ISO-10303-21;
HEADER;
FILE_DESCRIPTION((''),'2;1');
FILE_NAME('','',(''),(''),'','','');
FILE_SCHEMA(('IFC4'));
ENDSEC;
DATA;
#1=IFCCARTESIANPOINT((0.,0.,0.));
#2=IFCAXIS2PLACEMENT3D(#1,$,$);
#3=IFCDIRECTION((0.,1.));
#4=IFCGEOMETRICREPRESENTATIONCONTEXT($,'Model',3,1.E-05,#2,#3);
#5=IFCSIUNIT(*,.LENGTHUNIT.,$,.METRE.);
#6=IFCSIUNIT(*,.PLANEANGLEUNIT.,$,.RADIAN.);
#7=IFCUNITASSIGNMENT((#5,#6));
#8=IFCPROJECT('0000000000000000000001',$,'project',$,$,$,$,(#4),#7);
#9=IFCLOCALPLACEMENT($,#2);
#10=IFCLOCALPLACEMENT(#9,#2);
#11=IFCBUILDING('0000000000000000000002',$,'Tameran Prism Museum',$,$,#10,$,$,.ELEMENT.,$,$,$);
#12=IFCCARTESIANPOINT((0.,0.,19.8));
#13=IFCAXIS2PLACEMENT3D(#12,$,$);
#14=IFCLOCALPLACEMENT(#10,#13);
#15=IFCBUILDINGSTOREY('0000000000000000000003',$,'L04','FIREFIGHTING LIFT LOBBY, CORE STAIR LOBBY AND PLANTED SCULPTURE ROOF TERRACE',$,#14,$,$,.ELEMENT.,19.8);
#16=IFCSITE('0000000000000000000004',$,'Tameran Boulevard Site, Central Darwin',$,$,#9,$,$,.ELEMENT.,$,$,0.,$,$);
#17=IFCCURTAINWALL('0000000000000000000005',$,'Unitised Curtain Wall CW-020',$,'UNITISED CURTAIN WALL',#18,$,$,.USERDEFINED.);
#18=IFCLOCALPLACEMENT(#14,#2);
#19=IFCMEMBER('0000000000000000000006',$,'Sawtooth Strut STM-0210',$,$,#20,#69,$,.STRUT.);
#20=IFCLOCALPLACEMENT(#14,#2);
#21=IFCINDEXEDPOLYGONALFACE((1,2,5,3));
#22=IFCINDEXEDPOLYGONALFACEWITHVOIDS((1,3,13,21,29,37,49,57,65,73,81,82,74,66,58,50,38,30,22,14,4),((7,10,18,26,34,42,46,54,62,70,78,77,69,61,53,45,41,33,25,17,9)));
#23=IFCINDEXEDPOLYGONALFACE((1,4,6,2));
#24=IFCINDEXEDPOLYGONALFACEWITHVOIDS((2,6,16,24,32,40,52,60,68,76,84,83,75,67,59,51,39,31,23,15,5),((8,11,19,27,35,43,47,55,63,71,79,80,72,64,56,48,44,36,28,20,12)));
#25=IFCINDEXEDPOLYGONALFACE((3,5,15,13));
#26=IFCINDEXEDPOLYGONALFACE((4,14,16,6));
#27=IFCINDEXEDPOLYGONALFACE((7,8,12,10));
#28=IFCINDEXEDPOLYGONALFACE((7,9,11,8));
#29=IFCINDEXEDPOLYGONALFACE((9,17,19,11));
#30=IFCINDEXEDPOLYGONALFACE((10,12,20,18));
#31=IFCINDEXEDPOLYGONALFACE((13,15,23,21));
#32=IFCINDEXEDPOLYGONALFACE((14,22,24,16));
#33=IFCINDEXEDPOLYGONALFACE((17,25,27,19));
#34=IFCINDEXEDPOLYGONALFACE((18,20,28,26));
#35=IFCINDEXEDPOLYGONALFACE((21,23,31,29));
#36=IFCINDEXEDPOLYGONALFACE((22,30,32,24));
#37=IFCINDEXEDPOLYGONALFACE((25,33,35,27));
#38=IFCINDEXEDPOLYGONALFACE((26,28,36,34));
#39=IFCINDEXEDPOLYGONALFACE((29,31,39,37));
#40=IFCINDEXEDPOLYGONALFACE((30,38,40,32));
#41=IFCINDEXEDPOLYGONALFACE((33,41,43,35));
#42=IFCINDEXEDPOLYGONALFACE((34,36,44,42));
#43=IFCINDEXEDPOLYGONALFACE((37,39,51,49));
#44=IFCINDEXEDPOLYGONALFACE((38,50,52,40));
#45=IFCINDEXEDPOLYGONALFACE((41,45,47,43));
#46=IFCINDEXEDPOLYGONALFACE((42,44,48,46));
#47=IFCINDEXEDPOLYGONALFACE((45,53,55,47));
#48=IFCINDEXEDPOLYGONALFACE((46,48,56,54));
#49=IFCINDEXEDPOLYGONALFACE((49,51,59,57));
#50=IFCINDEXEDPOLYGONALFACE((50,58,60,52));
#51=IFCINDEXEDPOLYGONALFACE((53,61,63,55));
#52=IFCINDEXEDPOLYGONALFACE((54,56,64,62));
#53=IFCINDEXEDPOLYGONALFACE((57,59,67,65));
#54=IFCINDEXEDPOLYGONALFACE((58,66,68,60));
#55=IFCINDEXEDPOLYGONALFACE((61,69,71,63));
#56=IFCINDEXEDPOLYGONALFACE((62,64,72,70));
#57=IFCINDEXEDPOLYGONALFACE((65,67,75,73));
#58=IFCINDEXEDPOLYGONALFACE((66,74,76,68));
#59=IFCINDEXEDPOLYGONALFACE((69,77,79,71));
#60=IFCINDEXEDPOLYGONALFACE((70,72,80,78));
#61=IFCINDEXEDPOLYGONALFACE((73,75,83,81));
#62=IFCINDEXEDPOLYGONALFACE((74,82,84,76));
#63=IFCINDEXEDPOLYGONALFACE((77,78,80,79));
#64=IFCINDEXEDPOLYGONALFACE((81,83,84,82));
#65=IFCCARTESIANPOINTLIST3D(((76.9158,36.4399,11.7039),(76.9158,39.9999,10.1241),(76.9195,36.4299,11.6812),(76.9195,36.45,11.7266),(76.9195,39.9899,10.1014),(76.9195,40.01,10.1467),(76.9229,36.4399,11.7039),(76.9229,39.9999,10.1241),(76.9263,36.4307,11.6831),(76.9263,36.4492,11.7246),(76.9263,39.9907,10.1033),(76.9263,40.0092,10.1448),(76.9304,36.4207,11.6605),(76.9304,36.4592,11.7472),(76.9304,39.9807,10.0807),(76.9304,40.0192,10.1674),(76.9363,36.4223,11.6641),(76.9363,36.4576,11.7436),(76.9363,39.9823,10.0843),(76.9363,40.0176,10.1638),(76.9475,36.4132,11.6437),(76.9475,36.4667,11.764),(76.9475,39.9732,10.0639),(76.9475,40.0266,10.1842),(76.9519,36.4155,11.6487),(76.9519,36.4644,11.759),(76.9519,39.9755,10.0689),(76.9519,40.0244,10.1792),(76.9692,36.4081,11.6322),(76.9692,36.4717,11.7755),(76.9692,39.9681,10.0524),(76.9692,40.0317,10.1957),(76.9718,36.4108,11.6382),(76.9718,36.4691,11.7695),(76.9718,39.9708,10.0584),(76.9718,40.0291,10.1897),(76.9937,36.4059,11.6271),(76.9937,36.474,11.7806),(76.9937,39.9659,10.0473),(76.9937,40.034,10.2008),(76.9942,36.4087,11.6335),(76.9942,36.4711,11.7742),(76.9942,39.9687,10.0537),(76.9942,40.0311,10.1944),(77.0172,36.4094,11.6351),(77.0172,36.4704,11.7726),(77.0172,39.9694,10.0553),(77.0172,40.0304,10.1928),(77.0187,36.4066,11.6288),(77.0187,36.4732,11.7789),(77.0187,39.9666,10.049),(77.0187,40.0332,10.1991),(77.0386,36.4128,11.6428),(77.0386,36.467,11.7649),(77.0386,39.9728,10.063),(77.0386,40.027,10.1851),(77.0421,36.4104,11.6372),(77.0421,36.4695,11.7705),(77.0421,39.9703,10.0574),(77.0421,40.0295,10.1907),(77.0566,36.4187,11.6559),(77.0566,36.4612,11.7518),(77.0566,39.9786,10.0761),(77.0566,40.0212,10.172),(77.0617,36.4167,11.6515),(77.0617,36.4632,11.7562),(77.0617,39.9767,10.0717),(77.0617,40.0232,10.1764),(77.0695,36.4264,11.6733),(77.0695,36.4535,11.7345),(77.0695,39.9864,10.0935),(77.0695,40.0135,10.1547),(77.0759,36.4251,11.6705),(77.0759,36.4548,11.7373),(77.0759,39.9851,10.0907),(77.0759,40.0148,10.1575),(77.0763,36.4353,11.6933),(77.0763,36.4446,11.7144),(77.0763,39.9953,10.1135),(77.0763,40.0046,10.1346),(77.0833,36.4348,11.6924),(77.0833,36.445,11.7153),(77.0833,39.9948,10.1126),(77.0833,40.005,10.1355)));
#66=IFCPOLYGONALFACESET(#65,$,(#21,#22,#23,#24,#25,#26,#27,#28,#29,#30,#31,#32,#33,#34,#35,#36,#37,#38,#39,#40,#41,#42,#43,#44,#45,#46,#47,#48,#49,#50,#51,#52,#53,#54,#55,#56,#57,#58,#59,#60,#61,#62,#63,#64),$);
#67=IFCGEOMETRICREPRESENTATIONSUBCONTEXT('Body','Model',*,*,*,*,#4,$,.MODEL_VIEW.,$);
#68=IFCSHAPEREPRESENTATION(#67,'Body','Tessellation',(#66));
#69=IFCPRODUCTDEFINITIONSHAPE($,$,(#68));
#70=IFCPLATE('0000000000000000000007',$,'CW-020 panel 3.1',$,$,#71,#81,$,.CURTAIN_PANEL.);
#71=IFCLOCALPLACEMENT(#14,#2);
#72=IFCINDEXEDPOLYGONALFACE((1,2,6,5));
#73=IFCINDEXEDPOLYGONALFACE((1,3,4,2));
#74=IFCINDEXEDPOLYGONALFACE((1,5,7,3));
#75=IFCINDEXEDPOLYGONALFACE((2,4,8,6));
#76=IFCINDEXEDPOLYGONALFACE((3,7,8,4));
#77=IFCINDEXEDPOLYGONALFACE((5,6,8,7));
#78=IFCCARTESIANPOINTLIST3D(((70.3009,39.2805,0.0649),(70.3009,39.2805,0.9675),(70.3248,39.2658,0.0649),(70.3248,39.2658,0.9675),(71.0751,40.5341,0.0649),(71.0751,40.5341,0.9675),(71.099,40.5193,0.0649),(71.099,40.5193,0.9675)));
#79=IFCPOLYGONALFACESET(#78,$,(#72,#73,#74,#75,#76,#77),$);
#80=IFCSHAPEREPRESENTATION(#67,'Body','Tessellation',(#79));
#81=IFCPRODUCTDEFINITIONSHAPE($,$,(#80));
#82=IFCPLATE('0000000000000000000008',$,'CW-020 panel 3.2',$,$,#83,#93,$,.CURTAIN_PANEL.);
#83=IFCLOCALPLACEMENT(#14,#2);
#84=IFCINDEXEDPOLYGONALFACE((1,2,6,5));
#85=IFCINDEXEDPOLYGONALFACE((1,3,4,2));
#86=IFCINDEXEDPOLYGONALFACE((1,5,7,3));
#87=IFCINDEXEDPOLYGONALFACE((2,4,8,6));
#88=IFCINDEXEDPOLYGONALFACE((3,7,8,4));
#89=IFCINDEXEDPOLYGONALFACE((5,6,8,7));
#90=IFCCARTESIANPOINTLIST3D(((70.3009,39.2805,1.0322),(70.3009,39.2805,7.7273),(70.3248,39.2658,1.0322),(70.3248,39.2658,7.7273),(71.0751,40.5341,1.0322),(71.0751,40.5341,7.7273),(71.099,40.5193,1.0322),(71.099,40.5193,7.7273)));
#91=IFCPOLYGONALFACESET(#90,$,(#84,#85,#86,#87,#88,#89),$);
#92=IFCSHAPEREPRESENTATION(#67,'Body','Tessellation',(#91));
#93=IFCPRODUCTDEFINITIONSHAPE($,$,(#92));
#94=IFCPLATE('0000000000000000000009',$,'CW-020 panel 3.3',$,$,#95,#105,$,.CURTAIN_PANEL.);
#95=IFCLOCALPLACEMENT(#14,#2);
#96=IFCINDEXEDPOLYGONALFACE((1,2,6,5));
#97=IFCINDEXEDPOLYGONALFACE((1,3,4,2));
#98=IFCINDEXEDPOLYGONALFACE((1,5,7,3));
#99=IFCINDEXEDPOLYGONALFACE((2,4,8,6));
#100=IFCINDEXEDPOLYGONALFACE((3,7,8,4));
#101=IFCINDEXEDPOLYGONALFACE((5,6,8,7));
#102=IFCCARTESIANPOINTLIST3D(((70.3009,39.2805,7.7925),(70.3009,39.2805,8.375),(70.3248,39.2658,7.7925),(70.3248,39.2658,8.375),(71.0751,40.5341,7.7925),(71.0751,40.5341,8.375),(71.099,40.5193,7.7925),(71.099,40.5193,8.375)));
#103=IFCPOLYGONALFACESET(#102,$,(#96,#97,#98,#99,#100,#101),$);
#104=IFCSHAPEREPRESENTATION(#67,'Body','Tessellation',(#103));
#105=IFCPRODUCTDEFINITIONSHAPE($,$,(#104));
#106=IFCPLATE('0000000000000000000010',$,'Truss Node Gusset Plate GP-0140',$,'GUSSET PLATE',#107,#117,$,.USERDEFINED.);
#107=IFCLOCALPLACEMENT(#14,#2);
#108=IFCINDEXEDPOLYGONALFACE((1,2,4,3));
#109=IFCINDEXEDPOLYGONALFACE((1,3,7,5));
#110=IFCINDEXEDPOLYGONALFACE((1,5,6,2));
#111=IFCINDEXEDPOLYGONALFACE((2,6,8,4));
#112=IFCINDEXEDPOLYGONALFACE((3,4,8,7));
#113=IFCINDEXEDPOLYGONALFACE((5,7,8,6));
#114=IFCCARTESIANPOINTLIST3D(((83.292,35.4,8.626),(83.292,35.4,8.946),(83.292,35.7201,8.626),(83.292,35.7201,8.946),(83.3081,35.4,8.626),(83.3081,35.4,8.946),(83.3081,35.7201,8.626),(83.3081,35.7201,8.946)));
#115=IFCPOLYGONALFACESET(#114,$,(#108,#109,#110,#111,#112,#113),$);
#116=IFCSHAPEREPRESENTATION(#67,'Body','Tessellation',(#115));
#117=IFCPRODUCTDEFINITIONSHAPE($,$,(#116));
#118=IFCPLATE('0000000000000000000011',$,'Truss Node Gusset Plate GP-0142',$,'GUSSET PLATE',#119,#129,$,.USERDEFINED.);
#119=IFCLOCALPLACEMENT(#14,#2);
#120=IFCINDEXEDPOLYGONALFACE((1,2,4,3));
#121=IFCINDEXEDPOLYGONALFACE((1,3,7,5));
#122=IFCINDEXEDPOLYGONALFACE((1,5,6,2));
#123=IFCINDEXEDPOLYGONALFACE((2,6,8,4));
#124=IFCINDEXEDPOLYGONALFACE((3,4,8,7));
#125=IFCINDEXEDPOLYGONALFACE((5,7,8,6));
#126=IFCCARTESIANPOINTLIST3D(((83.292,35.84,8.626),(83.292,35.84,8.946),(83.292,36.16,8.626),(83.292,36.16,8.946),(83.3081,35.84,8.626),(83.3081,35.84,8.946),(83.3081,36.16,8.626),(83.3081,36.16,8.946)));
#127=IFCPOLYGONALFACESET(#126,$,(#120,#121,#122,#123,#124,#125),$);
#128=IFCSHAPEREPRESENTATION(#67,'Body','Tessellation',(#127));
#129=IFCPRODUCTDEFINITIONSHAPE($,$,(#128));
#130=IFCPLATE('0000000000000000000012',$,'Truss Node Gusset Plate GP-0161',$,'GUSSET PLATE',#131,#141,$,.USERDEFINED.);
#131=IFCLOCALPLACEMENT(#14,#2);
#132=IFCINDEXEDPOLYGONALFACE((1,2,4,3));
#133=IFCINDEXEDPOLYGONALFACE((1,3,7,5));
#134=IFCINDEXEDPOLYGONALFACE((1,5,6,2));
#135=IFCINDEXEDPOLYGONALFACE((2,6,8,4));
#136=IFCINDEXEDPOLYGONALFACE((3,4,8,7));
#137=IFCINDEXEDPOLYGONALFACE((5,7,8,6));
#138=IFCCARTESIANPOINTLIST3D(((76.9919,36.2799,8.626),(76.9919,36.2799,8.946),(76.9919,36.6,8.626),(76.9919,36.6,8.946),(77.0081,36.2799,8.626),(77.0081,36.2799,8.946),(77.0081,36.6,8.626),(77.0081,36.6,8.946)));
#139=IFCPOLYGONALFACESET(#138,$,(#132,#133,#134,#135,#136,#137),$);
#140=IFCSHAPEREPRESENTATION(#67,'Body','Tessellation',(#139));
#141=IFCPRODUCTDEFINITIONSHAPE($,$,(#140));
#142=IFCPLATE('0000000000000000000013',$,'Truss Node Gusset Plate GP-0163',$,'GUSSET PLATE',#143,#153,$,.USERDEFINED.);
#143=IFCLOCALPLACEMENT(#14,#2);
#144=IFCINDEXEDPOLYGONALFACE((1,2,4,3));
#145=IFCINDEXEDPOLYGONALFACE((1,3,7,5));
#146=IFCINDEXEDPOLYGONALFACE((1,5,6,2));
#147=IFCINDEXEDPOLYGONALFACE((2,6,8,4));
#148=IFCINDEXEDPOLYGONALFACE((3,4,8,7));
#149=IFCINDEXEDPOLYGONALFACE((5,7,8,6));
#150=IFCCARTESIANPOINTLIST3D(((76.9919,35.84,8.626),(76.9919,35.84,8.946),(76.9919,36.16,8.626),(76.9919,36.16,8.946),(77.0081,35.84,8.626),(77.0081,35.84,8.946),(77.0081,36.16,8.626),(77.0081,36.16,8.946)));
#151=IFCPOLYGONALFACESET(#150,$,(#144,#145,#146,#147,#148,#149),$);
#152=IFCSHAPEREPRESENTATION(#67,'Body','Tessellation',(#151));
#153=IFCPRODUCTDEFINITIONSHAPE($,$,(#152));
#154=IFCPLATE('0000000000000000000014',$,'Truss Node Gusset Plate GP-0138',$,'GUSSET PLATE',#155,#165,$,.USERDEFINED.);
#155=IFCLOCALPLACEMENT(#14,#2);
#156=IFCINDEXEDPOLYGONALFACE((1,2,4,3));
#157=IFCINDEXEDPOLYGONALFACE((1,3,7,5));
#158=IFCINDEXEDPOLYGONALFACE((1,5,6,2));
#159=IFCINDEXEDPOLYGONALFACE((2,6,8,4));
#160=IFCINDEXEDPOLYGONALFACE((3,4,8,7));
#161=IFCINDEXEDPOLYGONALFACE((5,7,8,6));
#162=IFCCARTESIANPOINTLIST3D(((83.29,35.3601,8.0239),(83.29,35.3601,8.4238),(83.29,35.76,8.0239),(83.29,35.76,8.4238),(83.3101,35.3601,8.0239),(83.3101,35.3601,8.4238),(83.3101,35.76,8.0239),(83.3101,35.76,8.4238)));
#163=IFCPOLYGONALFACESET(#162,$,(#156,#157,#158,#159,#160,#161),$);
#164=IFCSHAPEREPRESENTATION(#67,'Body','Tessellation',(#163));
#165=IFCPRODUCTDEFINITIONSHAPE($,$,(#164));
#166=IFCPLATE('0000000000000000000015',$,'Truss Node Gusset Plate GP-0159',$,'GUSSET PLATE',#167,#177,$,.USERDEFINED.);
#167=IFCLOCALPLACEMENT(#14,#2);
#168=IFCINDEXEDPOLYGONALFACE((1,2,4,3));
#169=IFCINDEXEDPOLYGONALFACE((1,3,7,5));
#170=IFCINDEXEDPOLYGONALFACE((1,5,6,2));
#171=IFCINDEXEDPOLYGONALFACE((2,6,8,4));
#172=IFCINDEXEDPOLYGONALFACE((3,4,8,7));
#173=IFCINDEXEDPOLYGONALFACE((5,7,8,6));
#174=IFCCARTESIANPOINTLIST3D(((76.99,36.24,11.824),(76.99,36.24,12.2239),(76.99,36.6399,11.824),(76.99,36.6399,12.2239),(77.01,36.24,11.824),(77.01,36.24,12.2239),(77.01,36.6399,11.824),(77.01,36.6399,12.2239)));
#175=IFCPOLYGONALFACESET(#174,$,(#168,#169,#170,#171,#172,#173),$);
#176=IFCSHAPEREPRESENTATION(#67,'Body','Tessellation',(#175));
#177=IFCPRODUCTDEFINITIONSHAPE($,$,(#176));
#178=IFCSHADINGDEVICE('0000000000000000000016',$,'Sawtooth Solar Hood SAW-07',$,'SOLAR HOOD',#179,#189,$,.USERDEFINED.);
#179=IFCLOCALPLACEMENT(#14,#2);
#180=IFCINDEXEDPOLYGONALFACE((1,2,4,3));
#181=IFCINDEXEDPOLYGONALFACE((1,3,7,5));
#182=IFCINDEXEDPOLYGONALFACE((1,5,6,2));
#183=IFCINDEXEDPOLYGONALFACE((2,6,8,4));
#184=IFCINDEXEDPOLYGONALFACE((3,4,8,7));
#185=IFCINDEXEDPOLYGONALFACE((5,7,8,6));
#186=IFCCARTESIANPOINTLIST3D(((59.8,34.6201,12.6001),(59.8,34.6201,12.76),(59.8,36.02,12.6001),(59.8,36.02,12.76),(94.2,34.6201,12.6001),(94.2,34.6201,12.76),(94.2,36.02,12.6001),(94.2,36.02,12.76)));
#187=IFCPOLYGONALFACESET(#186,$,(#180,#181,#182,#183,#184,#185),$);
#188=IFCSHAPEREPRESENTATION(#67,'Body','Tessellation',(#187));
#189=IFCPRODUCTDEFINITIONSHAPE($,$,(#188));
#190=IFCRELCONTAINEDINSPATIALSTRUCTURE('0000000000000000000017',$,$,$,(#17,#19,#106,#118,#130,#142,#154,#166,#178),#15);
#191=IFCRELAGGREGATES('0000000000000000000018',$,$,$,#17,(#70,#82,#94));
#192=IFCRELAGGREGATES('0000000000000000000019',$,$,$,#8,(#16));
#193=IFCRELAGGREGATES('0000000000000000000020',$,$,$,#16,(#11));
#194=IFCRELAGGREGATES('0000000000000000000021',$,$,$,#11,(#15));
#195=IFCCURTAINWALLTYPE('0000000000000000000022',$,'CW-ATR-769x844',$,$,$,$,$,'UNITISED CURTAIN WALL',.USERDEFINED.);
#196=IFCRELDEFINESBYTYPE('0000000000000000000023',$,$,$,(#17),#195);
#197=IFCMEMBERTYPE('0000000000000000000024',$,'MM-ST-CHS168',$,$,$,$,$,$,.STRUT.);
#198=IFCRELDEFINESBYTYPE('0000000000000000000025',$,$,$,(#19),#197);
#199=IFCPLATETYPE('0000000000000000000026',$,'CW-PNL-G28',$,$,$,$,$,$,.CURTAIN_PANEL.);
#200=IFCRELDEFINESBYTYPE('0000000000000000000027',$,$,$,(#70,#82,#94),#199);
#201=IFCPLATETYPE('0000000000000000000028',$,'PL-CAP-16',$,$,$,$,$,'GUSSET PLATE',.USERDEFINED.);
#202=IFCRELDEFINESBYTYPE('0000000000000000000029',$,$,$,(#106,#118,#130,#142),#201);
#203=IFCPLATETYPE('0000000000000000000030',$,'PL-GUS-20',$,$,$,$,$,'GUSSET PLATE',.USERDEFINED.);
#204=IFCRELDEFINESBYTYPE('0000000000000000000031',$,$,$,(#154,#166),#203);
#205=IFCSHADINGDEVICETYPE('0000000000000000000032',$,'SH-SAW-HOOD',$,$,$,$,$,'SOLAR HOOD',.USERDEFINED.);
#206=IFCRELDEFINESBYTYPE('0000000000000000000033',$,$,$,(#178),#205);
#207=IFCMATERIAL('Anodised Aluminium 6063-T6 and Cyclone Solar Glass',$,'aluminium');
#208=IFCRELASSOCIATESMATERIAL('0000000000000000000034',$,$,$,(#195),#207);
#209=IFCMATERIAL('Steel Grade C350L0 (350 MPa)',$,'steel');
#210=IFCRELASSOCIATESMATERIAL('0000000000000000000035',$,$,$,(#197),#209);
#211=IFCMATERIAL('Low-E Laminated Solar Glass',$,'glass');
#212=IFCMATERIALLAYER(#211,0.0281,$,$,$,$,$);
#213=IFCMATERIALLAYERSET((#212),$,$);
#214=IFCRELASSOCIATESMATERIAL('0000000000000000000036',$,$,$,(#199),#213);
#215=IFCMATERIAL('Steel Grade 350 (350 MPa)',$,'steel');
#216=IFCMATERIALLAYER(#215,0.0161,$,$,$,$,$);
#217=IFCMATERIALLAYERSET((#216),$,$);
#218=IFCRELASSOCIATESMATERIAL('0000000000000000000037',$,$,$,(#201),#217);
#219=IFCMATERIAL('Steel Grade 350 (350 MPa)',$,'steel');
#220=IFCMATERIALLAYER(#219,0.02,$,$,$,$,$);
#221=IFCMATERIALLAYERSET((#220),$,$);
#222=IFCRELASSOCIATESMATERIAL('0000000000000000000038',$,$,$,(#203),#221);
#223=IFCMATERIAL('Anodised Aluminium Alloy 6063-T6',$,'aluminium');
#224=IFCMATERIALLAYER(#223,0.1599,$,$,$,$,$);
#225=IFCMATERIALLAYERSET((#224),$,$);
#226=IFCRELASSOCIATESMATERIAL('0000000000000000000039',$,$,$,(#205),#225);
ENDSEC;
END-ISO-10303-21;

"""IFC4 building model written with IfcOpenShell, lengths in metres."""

from ifc_helpers import new_model, si_unit, direction, frame, origin, origin_2d, place, context, subcontext, project, spatial, rectangle, hollow_circle, extrude, material, layer, layer_set, material_profile, profile_set, type_object, element, aggregate, save


model = new_model("IFC4")

# Units and contexts
model_context = context("Model", 3, precision=1e-05, world=origin(), true_north=direction((0.0, 1.0)))
body_context = subcontext(model_context, "Body", "Model", "MODEL_VIEW")
ifc_project = project(units=[si_unit("LENGTHUNIT", "METRE"), si_unit("PLANEANGLEUNIT", "RADIAN")], contexts=[model_context])

# Site, building, storey
site_placement = place(None, origin())
site = spatial("IfcSite", under=ifc_project, at=site_placement, Name="Tameran Boulevard Site, Central Darwin", CompositionType="ELEMENT", RefElevation=0.0)
building_placement = place(site_placement, origin())
building = spatial("IfcBuilding", under=site, at=building_placement, Name="Tameran Prism Museum", CompositionType="ELEMENT")
storey_placement = place(building_placement, frame((0.0, 0.0, 19.8)))
storey = spatial("IfcBuildingStorey", under=building, at=storey_placement, Name="L04", Description="FIREFIGHTING LIFT LOBBY, CORE STAIR LOBBY AND PLANTED SCULPTURE ROOF TERRACE", CompositionType="ELEMENT", Elevation=19.8)

# Curtain wall
ifc_material_1 = material(Name="Anodised Aluminium 6063-T6 and Cyclone Solar Glass", Category="aluminium")
curtain_wall_type = type_object("IfcCurtainWallType", Name="CW-ATR-769x844", ElementType="UNITISED CURTAIN WALL", PredefinedType="USERDEFINED", material=ifc_material_1)
curtain_wall_placement = place(storey_placement, origin())
curtain_wall = element("IfcCurtainWall", 1, at=curtain_wall_placement, inside=storey, type_object=curtain_wall_type, Name="Unitised Curtain Wall CW-020", ObjectType="UNITISED CURTAIN WALL", PredefinedType="USERDEFINED")

# Member
ifc_material_2 = material(Name="Steel Grade C350L0 (350 MPa)", Category="steel")
ifc_material_profile_1 = material_profile(ifc_material_2, hollow_circle(Radius=0.0842, WallThickness=0.0071, at=origin_2d()))
ifc_profile_set_1 = profile_set([ifc_material_profile_1])
member_type_1 = type_object("IfcMemberType", Name="MM-ST-CHS168", PredefinedType="STRUT", material=ifc_profile_set_1)
member_1_placement = place(storey_placement, frame((77.0, 36.4399, 11.7039), z_axis=(0.0, 0.914041, -0.405621), x_axis=(-1.0, 0.0, 0.0)))
element("IfcMember", 2, at=member_1_placement, inside=storey, type_object=member_type_1, Name="Sawtooth Strut STM-0210", PredefinedType="STRUT", context=body_context, shape_type="SweptSolid", body=[
    extrude(hollow_circle(Radius=0.0842, WallThickness=0.0071, at=origin_2d()), origin(), (0.0, 0.0, 1.0), 3.8948),
])

# Plates
ifc_material_3 = material(Name="Low-E Laminated Solar Glass", Category="glass")
ifc_layer_1 = layer(ifc_material_3, 0.0281)
ifc_layer_set_1 = layer_set([ifc_layer_1])
plate_type_1 = type_object("IfcPlateType", Name="CW-PNL-G28", PredefinedType="CURTAIN_PANEL", material=ifc_layer_set_1)
plate_1_placement = place(storey_placement, frame((70.7, 39.8999, 0.0649), z_axis=(0.0, 0.0, 1.0), x_axis=(-0.525504, -0.850791, 0.0)))
plate_1 = element("IfcPlate", 3, at=plate_1_placement, type_object=plate_type_1, Name="CW-020 panel 3.1", PredefinedType="CURTAIN_PANEL", context=body_context, shape_type="SweptSolid", body=[
    extrude(rectangle(XDim=1.4734, YDim=0.0281, at=origin_2d()), origin(), (0.0, 0.0, 1.0), 0.9026),
])
plate_2_placement = place(storey_placement, frame((70.7, 39.8999, 1.0322), z_axis=(0.0, 0.0, 1.0), x_axis=(-0.525504, -0.850791, 0.0)))
plate_2 = element("IfcPlate", 4, at=plate_2_placement, type_object=plate_type_1, Name="CW-020 panel 3.2", PredefinedType="CURTAIN_PANEL", context=body_context, shape_type="SweptSolid", body=[
    extrude(rectangle(XDim=1.4734, YDim=0.0281, at=origin_2d()), origin(), (0.0, 0.0, 1.0), 6.6951),
])
plate_3_placement = place(storey_placement, frame((70.7, 39.8999, 7.7925), z_axis=(0.0, 0.0, 1.0), x_axis=(-0.525504, -0.850791, 0.0)))
plate_3 = element("IfcPlate", 5, at=plate_3_placement, type_object=plate_type_1, Name="CW-020 panel 3.3", PredefinedType="CURTAIN_PANEL", context=body_context, shape_type="SweptSolid", body=[
    extrude(rectangle(XDim=1.4734, YDim=0.0281, at=origin_2d()), origin(), (0.0, 0.0, 1.0), 0.5825),
])
aggregate(curtain_wall, [plate_1, plate_2, plate_3])

# Plates
ifc_material_4 = material(Name="Steel Grade 350 (350 MPa)", Category="steel")
ifc_layer_2 = layer(ifc_material_4, 0.0161)
ifc_layer_set_2 = layer_set([ifc_layer_2])
plate_type_2 = type_object("IfcPlateType", Name="PL-CAP-16", ElementType="GUSSET PLATE", PredefinedType="USERDEFINED", material=ifc_layer_set_2)
for number, where, z_axis, x_axis, name in (
    (6, (83.3, 35.5601, 8.626), (0.0, 0.0, 1.0), (1.0, 0.0, 0.0), "Truss Node Gusset Plate GP-0140"),
    (7, (83.3, 36.0, 8.626), (0.0, 0.0, 1.0), (1.0, 0.0, 0.0), "Truss Node Gusset Plate GP-0142"),
    (8, (77.0, 36.4399, 8.626), (0.0, 0.0, 1.0), (1.0, 0.0, 0.0), "Truss Node Gusset Plate GP-0161"),
    (9, (77.0, 36.0, 8.626), (0.0, 0.0, 1.0), (1.0, 0.0, 0.0), "Truss Node Gusset Plate GP-0163"),
):
    element("IfcPlate", number, at=place(storey_placement, frame(where, z_axis=z_axis, x_axis=x_axis)), inside=storey, type_object=plate_type_2, Name=name, ObjectType="GUSSET PLATE", PredefinedType="USERDEFINED", context=body_context, shape_type="SweptSolid", body=[
        extrude(rectangle(XDim=0.0161, YDim=0.3201, at=origin_2d()), origin(), (0.0, 0.0, 1.0), 0.3201),
    ])
ifc_material_5 = material(Name="Steel Grade 350 (350 MPa)", Category="steel")
ifc_layer_3 = layer(ifc_material_5, 0.02)
ifc_layer_set_3 = layer_set([ifc_layer_3])
plate_type_3 = type_object("IfcPlateType", Name="PL-GUS-20", ElementType="GUSSET PLATE", PredefinedType="USERDEFINED", material=ifc_layer_set_3)
for number, where, z_axis, x_axis, name in (
    (10, (83.3, 35.5601, 8.0239), (0.0, 0.0, 1.0), (1.0, 0.0, 0.0), "Truss Node Gusset Plate GP-0138"),
    (11, (77.0, 36.4399, 11.824), (0.0, 0.0, 1.0), (1.0, 0.0, 0.0), "Truss Node Gusset Plate GP-0159"),
):
    element("IfcPlate", number, at=place(storey_placement, frame(where, z_axis=z_axis, x_axis=x_axis)), inside=storey, type_object=plate_type_3, Name=name, ObjectType="GUSSET PLATE", PredefinedType="USERDEFINED", context=body_context, shape_type="SweptSolid", body=[
        extrude(rectangle(XDim=0.02, YDim=0.3999, at=origin_2d()), origin(), (0.0, 0.0, 1.0), 0.3999),
    ])

# Shading device
ifc_material_6 = material(Name="Anodised Aluminium Alloy 6063-T6", Category="aluminium")
ifc_layer_4 = layer(ifc_material_6, 0.1599)
ifc_layer_set_4 = layer_set([ifc_layer_4])
shading_device_type = type_object("IfcShadingDeviceType", Name="SH-SAW-HOOD", ElementType="SOLAR HOOD", PredefinedType="USERDEFINED", material=ifc_layer_set_4)
shading_device_placement = place(storey_placement, frame((77.0, 35.3201, 12.6001), z_axis=(0.0, 0.0, 1.0), x_axis=(1.0, 0.0, 0.0)))
element("IfcShadingDevice", 12, at=shading_device_placement, inside=storey, type_object=shading_device_type, Name="Sawtooth Solar Hood SAW-07", ObjectType="SOLAR HOOD", PredefinedType="USERDEFINED", context=body_context, shape_type="SweptSolid", body=[
    extrude(rectangle(XDim=34.3999, YDim=1.3999, at=origin_2d()), origin(), (0.0, 0.0, 1.0), 0.1599),
])

save(model, "model.ifc")
